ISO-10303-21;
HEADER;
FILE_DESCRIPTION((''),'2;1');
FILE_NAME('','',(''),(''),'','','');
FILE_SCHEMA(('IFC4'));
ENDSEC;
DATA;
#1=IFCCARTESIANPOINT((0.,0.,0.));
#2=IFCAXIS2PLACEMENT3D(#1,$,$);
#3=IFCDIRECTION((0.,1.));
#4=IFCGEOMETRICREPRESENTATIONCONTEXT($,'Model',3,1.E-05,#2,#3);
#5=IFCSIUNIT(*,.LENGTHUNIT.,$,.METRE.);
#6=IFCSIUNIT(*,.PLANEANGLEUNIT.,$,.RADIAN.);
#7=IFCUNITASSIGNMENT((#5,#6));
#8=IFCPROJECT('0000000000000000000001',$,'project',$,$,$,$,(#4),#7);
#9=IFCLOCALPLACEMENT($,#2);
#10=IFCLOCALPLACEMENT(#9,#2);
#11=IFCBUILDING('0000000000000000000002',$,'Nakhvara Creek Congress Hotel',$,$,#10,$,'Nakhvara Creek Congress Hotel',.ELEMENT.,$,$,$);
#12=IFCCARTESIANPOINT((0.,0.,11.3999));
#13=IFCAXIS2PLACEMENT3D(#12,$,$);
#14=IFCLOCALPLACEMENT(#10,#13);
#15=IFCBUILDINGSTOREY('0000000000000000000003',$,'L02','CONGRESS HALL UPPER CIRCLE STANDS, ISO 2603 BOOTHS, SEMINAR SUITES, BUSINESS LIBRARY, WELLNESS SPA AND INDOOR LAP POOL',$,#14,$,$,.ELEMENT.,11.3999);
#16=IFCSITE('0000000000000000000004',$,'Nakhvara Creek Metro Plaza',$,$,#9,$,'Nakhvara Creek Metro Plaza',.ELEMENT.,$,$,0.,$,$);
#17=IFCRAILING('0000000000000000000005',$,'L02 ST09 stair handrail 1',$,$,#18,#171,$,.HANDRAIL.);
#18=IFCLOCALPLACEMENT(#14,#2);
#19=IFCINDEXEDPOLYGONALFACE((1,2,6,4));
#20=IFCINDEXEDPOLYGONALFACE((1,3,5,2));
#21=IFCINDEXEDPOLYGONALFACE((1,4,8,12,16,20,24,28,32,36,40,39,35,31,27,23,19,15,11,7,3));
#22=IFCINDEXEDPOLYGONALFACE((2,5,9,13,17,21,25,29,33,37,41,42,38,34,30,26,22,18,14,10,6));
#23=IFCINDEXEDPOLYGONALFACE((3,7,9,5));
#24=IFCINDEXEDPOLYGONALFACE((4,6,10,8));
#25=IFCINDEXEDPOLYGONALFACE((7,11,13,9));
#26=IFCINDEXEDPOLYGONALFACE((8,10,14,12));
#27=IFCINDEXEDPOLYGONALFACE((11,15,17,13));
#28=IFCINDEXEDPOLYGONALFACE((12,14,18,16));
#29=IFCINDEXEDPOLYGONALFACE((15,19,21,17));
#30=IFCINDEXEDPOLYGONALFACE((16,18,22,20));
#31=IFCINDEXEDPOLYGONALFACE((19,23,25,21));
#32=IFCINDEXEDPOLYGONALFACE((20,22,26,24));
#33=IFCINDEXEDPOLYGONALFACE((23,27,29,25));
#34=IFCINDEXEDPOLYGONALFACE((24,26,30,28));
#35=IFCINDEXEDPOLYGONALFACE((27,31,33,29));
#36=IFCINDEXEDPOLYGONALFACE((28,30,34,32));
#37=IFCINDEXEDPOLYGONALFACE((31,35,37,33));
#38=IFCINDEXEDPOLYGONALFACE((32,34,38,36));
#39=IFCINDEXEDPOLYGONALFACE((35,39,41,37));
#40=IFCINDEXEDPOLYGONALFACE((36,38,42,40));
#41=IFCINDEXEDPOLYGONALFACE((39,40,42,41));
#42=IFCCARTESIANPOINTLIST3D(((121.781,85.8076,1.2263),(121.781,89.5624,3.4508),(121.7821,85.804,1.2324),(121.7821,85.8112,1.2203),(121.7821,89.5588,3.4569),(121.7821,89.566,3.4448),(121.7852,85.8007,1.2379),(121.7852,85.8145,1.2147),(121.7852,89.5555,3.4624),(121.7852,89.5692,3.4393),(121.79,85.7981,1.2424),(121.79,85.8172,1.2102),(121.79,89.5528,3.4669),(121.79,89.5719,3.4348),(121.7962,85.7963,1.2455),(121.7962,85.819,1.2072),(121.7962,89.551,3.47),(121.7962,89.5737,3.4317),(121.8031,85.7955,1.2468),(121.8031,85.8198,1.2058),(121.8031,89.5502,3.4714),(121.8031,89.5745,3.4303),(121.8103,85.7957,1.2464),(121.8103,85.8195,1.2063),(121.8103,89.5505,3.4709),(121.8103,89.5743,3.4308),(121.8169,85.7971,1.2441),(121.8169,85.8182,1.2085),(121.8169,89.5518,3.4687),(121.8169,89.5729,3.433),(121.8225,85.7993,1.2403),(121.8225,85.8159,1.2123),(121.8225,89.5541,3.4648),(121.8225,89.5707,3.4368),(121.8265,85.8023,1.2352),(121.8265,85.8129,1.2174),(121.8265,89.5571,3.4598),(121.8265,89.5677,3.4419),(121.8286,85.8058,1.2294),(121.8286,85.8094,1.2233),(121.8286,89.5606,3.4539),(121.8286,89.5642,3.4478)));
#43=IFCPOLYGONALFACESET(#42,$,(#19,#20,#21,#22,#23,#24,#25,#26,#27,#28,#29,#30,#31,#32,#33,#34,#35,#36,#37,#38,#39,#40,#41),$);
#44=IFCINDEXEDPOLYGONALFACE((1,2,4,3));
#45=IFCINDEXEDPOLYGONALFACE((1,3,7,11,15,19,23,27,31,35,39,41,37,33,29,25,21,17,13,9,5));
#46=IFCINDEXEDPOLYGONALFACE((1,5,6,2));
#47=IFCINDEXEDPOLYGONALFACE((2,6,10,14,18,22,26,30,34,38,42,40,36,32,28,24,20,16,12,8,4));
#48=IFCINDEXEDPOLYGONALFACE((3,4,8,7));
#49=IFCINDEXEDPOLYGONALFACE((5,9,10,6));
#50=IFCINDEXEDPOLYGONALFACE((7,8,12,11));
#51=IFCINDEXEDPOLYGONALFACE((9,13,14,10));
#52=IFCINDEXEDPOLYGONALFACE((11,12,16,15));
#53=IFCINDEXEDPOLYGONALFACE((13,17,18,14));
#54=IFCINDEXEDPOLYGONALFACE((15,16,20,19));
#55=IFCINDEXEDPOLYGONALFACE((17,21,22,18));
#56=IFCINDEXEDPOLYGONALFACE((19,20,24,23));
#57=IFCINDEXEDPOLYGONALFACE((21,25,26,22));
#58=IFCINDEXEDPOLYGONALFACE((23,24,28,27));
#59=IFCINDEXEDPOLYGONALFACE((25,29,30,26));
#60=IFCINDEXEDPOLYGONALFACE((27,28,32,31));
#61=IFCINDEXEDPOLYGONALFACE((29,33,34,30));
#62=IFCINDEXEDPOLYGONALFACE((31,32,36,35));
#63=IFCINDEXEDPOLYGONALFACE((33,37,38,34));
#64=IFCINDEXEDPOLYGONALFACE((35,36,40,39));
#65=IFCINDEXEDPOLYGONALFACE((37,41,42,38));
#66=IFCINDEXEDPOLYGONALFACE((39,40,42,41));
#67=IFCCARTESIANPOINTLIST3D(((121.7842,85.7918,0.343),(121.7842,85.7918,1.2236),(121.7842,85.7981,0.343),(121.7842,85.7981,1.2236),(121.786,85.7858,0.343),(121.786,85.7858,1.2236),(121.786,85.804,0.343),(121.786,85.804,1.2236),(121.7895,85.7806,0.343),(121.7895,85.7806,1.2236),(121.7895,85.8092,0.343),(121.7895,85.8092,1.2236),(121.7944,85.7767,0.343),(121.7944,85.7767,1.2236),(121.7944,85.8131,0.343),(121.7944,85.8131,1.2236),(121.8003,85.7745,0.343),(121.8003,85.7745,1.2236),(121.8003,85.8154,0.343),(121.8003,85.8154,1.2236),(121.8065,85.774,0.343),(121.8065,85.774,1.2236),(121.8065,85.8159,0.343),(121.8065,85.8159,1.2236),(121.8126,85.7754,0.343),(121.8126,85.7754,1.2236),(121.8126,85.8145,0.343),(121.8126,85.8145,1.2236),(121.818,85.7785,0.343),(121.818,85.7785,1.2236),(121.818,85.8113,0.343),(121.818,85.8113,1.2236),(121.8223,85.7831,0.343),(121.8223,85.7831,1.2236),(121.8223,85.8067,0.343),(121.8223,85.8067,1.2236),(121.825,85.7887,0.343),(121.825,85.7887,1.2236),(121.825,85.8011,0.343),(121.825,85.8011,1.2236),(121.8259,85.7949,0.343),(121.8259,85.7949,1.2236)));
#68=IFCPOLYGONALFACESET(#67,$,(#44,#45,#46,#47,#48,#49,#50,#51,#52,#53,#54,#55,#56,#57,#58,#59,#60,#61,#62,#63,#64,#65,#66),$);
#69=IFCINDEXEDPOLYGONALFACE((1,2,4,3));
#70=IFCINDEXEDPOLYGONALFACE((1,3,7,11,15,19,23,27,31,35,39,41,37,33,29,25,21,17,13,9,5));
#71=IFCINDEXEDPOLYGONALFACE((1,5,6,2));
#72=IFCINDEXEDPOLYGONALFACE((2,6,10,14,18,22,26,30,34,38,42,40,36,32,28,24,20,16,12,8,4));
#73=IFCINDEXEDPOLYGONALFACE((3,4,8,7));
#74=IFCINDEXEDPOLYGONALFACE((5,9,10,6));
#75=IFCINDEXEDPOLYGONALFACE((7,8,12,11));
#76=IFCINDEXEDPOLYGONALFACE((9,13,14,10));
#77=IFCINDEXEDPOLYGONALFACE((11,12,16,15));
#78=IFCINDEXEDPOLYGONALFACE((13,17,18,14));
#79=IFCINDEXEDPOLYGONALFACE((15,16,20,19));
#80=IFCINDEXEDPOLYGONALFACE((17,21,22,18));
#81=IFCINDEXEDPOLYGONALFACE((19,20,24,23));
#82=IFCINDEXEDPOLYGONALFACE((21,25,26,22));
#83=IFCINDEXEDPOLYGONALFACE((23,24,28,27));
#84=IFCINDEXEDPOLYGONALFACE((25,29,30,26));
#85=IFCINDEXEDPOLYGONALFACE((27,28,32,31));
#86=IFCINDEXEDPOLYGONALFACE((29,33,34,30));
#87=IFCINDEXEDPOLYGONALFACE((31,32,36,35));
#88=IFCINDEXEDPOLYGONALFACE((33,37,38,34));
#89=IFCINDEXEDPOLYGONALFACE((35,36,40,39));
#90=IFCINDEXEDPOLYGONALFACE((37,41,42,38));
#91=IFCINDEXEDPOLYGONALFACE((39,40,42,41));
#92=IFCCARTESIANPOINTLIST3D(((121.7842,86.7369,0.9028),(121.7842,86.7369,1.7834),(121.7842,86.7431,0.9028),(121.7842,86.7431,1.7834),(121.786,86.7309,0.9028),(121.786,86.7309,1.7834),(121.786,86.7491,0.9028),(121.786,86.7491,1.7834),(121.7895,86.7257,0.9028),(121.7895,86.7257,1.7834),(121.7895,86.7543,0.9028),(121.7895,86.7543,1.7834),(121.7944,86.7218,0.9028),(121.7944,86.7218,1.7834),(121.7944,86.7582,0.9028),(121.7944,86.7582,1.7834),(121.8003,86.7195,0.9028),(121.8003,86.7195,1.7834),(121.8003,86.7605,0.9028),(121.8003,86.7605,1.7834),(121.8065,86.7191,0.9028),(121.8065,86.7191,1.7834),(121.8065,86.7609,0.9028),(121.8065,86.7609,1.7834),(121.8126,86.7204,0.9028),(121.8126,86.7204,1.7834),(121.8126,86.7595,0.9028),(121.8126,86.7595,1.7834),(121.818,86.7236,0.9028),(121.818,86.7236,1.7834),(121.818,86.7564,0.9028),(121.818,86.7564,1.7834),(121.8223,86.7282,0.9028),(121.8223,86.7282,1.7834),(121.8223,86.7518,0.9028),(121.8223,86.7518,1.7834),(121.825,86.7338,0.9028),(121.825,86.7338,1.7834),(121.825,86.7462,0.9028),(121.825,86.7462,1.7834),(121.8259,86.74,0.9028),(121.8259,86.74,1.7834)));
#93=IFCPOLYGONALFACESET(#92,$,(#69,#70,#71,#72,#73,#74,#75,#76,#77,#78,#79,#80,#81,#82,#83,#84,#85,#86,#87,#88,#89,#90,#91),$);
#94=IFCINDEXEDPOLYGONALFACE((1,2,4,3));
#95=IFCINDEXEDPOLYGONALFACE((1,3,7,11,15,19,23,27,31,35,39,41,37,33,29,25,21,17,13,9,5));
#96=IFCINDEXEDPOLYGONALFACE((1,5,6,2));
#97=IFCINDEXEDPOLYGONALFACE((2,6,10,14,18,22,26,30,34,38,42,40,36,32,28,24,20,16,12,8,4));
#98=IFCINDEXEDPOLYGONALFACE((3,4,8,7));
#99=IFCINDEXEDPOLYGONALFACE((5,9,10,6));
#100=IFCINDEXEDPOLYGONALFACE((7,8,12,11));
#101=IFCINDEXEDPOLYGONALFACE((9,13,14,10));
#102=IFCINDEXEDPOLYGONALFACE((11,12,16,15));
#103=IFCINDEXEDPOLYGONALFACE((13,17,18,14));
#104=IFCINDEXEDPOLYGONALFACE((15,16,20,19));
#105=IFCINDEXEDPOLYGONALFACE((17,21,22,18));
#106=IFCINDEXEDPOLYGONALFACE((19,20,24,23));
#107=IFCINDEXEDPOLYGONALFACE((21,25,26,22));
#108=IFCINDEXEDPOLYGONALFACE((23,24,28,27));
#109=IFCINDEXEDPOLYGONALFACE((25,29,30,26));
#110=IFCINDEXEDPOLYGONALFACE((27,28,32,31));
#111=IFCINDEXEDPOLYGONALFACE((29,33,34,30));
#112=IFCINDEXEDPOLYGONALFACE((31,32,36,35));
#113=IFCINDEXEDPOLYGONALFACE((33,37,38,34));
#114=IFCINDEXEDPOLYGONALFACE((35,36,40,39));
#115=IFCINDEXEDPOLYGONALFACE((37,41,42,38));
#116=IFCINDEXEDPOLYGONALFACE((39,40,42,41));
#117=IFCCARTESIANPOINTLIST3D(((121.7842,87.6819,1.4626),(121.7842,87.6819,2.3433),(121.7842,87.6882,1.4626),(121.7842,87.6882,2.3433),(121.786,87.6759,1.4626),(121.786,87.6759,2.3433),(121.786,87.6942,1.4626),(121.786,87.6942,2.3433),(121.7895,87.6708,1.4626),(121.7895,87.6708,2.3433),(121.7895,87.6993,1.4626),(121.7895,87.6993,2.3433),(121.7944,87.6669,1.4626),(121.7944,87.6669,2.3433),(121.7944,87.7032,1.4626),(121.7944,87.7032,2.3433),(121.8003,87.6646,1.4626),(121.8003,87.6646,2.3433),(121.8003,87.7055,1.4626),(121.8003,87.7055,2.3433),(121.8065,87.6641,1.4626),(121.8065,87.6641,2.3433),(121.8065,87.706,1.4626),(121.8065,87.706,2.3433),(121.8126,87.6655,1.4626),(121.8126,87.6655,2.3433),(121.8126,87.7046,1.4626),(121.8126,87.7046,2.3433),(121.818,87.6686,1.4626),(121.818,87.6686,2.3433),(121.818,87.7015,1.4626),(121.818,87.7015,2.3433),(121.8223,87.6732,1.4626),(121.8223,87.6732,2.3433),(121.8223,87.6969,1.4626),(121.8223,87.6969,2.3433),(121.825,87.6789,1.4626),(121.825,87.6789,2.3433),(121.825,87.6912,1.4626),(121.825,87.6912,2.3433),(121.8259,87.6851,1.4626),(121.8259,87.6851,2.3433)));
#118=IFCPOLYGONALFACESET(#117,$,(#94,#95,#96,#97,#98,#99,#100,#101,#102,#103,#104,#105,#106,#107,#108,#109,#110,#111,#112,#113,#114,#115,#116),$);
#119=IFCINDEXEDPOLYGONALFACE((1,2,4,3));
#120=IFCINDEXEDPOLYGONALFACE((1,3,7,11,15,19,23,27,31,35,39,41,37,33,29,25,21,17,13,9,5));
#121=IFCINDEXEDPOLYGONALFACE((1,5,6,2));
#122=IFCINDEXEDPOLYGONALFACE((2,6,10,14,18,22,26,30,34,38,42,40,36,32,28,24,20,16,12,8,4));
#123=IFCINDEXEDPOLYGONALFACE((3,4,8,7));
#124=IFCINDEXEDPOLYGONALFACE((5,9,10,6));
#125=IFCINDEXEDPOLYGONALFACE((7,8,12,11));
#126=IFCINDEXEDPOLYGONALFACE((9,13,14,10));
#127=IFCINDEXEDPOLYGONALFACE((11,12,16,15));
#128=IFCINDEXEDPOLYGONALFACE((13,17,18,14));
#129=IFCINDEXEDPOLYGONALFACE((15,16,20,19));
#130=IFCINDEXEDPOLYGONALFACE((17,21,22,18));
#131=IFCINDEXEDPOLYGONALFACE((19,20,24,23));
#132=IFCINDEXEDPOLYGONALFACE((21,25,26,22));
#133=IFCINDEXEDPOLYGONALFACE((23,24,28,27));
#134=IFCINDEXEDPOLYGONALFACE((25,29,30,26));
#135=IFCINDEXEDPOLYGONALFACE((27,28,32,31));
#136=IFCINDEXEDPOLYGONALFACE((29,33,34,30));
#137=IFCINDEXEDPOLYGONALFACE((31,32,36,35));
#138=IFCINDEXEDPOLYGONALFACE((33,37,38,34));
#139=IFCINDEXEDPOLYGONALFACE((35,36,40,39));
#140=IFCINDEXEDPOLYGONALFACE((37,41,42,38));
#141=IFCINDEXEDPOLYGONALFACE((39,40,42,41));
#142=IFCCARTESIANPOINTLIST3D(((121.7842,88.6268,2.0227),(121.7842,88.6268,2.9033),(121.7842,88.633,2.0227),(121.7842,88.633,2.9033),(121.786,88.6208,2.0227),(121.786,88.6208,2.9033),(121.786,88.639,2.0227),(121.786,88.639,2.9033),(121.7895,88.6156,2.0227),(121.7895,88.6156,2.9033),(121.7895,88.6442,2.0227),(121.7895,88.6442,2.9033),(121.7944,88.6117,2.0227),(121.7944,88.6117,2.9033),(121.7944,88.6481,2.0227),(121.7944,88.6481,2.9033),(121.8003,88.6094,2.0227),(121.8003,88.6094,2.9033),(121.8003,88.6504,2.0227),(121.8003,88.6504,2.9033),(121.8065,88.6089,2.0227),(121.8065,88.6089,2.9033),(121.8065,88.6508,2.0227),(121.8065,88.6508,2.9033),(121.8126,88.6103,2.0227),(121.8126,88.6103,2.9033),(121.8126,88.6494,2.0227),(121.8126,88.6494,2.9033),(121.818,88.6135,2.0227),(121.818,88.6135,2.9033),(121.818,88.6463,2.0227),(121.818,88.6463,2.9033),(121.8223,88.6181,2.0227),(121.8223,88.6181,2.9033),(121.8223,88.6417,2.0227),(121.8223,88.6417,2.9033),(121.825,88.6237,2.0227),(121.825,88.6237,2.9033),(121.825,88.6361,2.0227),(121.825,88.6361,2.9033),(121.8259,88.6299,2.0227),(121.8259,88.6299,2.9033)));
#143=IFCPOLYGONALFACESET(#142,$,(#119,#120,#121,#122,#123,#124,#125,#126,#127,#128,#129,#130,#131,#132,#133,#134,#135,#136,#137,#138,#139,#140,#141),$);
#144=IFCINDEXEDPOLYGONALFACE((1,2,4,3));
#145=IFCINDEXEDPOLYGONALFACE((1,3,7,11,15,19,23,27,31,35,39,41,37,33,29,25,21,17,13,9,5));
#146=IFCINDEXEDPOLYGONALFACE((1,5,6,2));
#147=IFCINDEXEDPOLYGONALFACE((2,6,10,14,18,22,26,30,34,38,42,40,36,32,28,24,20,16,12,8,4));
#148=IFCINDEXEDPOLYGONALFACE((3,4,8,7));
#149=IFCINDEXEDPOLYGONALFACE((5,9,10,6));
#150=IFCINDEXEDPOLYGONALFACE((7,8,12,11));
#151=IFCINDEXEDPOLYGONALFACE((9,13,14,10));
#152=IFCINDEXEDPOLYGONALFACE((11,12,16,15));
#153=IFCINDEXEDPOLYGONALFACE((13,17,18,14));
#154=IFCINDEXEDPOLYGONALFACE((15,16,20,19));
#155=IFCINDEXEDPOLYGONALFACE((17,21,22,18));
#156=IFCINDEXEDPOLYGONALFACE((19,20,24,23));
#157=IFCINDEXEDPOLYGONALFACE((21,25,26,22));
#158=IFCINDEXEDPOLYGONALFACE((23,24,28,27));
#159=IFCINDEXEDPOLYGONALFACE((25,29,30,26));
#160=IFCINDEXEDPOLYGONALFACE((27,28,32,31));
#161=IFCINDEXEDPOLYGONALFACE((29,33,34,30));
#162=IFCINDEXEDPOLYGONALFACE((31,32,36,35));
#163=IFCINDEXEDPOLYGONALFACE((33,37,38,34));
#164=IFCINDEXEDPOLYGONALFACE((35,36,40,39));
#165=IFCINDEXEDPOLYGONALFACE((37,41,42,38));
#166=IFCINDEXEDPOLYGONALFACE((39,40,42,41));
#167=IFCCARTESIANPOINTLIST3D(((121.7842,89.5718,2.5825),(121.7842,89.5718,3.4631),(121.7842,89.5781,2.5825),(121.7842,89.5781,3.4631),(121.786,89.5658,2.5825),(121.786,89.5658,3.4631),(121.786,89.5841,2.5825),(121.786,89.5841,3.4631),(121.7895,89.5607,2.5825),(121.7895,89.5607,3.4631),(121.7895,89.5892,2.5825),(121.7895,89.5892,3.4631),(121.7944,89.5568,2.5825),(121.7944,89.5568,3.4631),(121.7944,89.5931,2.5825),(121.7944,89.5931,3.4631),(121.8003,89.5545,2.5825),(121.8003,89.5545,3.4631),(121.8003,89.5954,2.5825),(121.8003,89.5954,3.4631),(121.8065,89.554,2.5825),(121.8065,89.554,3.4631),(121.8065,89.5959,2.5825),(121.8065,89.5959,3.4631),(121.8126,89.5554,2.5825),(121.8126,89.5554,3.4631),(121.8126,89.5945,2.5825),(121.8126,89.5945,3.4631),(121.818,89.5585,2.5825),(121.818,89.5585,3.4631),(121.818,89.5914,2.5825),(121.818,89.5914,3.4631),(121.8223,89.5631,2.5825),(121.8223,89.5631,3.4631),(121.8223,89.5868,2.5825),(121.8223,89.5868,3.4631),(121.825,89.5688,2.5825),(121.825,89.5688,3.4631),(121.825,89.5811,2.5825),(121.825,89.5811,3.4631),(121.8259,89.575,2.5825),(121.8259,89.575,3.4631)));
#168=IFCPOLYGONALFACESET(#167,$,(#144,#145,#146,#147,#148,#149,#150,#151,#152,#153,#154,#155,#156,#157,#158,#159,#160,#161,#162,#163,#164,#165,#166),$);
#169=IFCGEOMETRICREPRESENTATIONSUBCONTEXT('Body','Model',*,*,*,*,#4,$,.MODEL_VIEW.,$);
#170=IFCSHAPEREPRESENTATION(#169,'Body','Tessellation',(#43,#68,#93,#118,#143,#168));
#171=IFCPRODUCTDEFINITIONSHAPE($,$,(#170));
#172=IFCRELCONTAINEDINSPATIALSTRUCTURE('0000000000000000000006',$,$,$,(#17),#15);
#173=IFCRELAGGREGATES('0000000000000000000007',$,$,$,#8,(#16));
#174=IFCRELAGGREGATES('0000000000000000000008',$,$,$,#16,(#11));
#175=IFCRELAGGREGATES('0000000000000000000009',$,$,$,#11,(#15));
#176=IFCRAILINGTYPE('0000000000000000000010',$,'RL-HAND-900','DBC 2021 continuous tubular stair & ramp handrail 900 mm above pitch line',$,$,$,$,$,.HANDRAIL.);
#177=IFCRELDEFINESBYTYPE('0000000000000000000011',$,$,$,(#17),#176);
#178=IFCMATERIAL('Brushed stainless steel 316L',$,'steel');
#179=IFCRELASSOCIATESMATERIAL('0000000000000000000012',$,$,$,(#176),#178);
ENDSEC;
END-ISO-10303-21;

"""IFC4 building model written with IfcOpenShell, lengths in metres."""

from ifc_helpers import new_model, si_unit, direction, frame, origin, origin_2d, place, context, subcontext, project, spatial, circle, extrude, material, type_object, element, save


model = new_model("IFC4")

# Units and contexts
model_context = context("Model", 3, precision=1e-05, world=origin(), true_north=direction((0.0, 1.0)))
body_context = subcontext(model_context, "Body", "Model", "MODEL_VIEW")
ifc_project = project(units=[si_unit("LENGTHUNIT", "METRE"), si_unit("PLANEANGLEUNIT", "RADIAN")], contexts=[model_context])

# Site, building, storey
site_placement = place(None, origin())
site = spatial("IfcSite", under=ifc_project, at=site_placement, Name="Nakhvara Creek Metro Plaza", LongName="Nakhvara Creek Metro Plaza", CompositionType="ELEMENT", RefElevation=0.0)
building_placement = place(site_placement, origin())
building = spatial("IfcBuilding", under=site, at=building_placement, Name="Nakhvara Creek Congress Hotel", LongName="Nakhvara Creek Congress Hotel", CompositionType="ELEMENT")
storey_placement = place(building_placement, frame((0.0, 0.0, 11.3999)))
storey = spatial("IfcBuildingStorey", under=building, at=storey_placement, Name="L02", Description="CONGRESS HALL UPPER CIRCLE STANDS, ISO 2603 BOOTHS, SEMINAR SUITES, BUSINESS LIBRARY, WELLNESS SPA AND INDOOR LAP POOL", CompositionType="ELEMENT", Elevation=11.3999)

# Railing
ifc_material_1 = material(Name="Brushed stainless steel 316L", Category="steel")
railing_type_1 = type_object("IfcRailingType", Name="RL-HAND-900", Description="DBC 2021 continuous tubular stair & ramp handrail 900 mm above pitch line", PredefinedType="HANDRAIL", material=ifc_material_1)
railing_1_placement = place(storey_placement, frame((121.8049, 85.7949, 0.343)))
element("IfcRailing", 1, at=railing_1_placement, inside=storey, type_object=railing_type_1, Name="L02 ST09 stair handrail 1", PredefinedType="HANDRAIL", context=body_context, shape_type="SweptSolid", body=[
    extrude(circle(Radius=0.0239, at=origin_2d()), frame((0.0, 0.0127, 0.8833), z_axis=(0.0, 0.860343, 0.509716), x_axis=(-1.0, 0.0, 0.0)), (0.0, 0.0, 1.0), 4.3643),
    extrude(circle(Radius=0.021, at=origin_2d()), origin(), (0.0, 0.0, 1.0), 0.8806),
    extrude(circle(Radius=0.021, at=origin_2d()), frame((0.0, 0.9451, 0.5598)), (0.0, 0.0, 1.0), 0.8806),
    extrude(circle(Radius=0.021, at=origin_2d()), frame((0.0, 1.8901, 1.1196)), (0.0, 0.0, 1.0), 0.8806),
    extrude(circle(Radius=0.021, at=origin_2d()), frame((0.0, 2.835, 1.6797)), (0.0, 0.0, 1.0), 0.8806),
    extrude(circle(Radius=0.021, at=origin_2d()), frame((0.0, 3.78, 2.2395)), (0.0, 0.0, 1.0), 0.8806),
])

save(model, "model.ifc")
